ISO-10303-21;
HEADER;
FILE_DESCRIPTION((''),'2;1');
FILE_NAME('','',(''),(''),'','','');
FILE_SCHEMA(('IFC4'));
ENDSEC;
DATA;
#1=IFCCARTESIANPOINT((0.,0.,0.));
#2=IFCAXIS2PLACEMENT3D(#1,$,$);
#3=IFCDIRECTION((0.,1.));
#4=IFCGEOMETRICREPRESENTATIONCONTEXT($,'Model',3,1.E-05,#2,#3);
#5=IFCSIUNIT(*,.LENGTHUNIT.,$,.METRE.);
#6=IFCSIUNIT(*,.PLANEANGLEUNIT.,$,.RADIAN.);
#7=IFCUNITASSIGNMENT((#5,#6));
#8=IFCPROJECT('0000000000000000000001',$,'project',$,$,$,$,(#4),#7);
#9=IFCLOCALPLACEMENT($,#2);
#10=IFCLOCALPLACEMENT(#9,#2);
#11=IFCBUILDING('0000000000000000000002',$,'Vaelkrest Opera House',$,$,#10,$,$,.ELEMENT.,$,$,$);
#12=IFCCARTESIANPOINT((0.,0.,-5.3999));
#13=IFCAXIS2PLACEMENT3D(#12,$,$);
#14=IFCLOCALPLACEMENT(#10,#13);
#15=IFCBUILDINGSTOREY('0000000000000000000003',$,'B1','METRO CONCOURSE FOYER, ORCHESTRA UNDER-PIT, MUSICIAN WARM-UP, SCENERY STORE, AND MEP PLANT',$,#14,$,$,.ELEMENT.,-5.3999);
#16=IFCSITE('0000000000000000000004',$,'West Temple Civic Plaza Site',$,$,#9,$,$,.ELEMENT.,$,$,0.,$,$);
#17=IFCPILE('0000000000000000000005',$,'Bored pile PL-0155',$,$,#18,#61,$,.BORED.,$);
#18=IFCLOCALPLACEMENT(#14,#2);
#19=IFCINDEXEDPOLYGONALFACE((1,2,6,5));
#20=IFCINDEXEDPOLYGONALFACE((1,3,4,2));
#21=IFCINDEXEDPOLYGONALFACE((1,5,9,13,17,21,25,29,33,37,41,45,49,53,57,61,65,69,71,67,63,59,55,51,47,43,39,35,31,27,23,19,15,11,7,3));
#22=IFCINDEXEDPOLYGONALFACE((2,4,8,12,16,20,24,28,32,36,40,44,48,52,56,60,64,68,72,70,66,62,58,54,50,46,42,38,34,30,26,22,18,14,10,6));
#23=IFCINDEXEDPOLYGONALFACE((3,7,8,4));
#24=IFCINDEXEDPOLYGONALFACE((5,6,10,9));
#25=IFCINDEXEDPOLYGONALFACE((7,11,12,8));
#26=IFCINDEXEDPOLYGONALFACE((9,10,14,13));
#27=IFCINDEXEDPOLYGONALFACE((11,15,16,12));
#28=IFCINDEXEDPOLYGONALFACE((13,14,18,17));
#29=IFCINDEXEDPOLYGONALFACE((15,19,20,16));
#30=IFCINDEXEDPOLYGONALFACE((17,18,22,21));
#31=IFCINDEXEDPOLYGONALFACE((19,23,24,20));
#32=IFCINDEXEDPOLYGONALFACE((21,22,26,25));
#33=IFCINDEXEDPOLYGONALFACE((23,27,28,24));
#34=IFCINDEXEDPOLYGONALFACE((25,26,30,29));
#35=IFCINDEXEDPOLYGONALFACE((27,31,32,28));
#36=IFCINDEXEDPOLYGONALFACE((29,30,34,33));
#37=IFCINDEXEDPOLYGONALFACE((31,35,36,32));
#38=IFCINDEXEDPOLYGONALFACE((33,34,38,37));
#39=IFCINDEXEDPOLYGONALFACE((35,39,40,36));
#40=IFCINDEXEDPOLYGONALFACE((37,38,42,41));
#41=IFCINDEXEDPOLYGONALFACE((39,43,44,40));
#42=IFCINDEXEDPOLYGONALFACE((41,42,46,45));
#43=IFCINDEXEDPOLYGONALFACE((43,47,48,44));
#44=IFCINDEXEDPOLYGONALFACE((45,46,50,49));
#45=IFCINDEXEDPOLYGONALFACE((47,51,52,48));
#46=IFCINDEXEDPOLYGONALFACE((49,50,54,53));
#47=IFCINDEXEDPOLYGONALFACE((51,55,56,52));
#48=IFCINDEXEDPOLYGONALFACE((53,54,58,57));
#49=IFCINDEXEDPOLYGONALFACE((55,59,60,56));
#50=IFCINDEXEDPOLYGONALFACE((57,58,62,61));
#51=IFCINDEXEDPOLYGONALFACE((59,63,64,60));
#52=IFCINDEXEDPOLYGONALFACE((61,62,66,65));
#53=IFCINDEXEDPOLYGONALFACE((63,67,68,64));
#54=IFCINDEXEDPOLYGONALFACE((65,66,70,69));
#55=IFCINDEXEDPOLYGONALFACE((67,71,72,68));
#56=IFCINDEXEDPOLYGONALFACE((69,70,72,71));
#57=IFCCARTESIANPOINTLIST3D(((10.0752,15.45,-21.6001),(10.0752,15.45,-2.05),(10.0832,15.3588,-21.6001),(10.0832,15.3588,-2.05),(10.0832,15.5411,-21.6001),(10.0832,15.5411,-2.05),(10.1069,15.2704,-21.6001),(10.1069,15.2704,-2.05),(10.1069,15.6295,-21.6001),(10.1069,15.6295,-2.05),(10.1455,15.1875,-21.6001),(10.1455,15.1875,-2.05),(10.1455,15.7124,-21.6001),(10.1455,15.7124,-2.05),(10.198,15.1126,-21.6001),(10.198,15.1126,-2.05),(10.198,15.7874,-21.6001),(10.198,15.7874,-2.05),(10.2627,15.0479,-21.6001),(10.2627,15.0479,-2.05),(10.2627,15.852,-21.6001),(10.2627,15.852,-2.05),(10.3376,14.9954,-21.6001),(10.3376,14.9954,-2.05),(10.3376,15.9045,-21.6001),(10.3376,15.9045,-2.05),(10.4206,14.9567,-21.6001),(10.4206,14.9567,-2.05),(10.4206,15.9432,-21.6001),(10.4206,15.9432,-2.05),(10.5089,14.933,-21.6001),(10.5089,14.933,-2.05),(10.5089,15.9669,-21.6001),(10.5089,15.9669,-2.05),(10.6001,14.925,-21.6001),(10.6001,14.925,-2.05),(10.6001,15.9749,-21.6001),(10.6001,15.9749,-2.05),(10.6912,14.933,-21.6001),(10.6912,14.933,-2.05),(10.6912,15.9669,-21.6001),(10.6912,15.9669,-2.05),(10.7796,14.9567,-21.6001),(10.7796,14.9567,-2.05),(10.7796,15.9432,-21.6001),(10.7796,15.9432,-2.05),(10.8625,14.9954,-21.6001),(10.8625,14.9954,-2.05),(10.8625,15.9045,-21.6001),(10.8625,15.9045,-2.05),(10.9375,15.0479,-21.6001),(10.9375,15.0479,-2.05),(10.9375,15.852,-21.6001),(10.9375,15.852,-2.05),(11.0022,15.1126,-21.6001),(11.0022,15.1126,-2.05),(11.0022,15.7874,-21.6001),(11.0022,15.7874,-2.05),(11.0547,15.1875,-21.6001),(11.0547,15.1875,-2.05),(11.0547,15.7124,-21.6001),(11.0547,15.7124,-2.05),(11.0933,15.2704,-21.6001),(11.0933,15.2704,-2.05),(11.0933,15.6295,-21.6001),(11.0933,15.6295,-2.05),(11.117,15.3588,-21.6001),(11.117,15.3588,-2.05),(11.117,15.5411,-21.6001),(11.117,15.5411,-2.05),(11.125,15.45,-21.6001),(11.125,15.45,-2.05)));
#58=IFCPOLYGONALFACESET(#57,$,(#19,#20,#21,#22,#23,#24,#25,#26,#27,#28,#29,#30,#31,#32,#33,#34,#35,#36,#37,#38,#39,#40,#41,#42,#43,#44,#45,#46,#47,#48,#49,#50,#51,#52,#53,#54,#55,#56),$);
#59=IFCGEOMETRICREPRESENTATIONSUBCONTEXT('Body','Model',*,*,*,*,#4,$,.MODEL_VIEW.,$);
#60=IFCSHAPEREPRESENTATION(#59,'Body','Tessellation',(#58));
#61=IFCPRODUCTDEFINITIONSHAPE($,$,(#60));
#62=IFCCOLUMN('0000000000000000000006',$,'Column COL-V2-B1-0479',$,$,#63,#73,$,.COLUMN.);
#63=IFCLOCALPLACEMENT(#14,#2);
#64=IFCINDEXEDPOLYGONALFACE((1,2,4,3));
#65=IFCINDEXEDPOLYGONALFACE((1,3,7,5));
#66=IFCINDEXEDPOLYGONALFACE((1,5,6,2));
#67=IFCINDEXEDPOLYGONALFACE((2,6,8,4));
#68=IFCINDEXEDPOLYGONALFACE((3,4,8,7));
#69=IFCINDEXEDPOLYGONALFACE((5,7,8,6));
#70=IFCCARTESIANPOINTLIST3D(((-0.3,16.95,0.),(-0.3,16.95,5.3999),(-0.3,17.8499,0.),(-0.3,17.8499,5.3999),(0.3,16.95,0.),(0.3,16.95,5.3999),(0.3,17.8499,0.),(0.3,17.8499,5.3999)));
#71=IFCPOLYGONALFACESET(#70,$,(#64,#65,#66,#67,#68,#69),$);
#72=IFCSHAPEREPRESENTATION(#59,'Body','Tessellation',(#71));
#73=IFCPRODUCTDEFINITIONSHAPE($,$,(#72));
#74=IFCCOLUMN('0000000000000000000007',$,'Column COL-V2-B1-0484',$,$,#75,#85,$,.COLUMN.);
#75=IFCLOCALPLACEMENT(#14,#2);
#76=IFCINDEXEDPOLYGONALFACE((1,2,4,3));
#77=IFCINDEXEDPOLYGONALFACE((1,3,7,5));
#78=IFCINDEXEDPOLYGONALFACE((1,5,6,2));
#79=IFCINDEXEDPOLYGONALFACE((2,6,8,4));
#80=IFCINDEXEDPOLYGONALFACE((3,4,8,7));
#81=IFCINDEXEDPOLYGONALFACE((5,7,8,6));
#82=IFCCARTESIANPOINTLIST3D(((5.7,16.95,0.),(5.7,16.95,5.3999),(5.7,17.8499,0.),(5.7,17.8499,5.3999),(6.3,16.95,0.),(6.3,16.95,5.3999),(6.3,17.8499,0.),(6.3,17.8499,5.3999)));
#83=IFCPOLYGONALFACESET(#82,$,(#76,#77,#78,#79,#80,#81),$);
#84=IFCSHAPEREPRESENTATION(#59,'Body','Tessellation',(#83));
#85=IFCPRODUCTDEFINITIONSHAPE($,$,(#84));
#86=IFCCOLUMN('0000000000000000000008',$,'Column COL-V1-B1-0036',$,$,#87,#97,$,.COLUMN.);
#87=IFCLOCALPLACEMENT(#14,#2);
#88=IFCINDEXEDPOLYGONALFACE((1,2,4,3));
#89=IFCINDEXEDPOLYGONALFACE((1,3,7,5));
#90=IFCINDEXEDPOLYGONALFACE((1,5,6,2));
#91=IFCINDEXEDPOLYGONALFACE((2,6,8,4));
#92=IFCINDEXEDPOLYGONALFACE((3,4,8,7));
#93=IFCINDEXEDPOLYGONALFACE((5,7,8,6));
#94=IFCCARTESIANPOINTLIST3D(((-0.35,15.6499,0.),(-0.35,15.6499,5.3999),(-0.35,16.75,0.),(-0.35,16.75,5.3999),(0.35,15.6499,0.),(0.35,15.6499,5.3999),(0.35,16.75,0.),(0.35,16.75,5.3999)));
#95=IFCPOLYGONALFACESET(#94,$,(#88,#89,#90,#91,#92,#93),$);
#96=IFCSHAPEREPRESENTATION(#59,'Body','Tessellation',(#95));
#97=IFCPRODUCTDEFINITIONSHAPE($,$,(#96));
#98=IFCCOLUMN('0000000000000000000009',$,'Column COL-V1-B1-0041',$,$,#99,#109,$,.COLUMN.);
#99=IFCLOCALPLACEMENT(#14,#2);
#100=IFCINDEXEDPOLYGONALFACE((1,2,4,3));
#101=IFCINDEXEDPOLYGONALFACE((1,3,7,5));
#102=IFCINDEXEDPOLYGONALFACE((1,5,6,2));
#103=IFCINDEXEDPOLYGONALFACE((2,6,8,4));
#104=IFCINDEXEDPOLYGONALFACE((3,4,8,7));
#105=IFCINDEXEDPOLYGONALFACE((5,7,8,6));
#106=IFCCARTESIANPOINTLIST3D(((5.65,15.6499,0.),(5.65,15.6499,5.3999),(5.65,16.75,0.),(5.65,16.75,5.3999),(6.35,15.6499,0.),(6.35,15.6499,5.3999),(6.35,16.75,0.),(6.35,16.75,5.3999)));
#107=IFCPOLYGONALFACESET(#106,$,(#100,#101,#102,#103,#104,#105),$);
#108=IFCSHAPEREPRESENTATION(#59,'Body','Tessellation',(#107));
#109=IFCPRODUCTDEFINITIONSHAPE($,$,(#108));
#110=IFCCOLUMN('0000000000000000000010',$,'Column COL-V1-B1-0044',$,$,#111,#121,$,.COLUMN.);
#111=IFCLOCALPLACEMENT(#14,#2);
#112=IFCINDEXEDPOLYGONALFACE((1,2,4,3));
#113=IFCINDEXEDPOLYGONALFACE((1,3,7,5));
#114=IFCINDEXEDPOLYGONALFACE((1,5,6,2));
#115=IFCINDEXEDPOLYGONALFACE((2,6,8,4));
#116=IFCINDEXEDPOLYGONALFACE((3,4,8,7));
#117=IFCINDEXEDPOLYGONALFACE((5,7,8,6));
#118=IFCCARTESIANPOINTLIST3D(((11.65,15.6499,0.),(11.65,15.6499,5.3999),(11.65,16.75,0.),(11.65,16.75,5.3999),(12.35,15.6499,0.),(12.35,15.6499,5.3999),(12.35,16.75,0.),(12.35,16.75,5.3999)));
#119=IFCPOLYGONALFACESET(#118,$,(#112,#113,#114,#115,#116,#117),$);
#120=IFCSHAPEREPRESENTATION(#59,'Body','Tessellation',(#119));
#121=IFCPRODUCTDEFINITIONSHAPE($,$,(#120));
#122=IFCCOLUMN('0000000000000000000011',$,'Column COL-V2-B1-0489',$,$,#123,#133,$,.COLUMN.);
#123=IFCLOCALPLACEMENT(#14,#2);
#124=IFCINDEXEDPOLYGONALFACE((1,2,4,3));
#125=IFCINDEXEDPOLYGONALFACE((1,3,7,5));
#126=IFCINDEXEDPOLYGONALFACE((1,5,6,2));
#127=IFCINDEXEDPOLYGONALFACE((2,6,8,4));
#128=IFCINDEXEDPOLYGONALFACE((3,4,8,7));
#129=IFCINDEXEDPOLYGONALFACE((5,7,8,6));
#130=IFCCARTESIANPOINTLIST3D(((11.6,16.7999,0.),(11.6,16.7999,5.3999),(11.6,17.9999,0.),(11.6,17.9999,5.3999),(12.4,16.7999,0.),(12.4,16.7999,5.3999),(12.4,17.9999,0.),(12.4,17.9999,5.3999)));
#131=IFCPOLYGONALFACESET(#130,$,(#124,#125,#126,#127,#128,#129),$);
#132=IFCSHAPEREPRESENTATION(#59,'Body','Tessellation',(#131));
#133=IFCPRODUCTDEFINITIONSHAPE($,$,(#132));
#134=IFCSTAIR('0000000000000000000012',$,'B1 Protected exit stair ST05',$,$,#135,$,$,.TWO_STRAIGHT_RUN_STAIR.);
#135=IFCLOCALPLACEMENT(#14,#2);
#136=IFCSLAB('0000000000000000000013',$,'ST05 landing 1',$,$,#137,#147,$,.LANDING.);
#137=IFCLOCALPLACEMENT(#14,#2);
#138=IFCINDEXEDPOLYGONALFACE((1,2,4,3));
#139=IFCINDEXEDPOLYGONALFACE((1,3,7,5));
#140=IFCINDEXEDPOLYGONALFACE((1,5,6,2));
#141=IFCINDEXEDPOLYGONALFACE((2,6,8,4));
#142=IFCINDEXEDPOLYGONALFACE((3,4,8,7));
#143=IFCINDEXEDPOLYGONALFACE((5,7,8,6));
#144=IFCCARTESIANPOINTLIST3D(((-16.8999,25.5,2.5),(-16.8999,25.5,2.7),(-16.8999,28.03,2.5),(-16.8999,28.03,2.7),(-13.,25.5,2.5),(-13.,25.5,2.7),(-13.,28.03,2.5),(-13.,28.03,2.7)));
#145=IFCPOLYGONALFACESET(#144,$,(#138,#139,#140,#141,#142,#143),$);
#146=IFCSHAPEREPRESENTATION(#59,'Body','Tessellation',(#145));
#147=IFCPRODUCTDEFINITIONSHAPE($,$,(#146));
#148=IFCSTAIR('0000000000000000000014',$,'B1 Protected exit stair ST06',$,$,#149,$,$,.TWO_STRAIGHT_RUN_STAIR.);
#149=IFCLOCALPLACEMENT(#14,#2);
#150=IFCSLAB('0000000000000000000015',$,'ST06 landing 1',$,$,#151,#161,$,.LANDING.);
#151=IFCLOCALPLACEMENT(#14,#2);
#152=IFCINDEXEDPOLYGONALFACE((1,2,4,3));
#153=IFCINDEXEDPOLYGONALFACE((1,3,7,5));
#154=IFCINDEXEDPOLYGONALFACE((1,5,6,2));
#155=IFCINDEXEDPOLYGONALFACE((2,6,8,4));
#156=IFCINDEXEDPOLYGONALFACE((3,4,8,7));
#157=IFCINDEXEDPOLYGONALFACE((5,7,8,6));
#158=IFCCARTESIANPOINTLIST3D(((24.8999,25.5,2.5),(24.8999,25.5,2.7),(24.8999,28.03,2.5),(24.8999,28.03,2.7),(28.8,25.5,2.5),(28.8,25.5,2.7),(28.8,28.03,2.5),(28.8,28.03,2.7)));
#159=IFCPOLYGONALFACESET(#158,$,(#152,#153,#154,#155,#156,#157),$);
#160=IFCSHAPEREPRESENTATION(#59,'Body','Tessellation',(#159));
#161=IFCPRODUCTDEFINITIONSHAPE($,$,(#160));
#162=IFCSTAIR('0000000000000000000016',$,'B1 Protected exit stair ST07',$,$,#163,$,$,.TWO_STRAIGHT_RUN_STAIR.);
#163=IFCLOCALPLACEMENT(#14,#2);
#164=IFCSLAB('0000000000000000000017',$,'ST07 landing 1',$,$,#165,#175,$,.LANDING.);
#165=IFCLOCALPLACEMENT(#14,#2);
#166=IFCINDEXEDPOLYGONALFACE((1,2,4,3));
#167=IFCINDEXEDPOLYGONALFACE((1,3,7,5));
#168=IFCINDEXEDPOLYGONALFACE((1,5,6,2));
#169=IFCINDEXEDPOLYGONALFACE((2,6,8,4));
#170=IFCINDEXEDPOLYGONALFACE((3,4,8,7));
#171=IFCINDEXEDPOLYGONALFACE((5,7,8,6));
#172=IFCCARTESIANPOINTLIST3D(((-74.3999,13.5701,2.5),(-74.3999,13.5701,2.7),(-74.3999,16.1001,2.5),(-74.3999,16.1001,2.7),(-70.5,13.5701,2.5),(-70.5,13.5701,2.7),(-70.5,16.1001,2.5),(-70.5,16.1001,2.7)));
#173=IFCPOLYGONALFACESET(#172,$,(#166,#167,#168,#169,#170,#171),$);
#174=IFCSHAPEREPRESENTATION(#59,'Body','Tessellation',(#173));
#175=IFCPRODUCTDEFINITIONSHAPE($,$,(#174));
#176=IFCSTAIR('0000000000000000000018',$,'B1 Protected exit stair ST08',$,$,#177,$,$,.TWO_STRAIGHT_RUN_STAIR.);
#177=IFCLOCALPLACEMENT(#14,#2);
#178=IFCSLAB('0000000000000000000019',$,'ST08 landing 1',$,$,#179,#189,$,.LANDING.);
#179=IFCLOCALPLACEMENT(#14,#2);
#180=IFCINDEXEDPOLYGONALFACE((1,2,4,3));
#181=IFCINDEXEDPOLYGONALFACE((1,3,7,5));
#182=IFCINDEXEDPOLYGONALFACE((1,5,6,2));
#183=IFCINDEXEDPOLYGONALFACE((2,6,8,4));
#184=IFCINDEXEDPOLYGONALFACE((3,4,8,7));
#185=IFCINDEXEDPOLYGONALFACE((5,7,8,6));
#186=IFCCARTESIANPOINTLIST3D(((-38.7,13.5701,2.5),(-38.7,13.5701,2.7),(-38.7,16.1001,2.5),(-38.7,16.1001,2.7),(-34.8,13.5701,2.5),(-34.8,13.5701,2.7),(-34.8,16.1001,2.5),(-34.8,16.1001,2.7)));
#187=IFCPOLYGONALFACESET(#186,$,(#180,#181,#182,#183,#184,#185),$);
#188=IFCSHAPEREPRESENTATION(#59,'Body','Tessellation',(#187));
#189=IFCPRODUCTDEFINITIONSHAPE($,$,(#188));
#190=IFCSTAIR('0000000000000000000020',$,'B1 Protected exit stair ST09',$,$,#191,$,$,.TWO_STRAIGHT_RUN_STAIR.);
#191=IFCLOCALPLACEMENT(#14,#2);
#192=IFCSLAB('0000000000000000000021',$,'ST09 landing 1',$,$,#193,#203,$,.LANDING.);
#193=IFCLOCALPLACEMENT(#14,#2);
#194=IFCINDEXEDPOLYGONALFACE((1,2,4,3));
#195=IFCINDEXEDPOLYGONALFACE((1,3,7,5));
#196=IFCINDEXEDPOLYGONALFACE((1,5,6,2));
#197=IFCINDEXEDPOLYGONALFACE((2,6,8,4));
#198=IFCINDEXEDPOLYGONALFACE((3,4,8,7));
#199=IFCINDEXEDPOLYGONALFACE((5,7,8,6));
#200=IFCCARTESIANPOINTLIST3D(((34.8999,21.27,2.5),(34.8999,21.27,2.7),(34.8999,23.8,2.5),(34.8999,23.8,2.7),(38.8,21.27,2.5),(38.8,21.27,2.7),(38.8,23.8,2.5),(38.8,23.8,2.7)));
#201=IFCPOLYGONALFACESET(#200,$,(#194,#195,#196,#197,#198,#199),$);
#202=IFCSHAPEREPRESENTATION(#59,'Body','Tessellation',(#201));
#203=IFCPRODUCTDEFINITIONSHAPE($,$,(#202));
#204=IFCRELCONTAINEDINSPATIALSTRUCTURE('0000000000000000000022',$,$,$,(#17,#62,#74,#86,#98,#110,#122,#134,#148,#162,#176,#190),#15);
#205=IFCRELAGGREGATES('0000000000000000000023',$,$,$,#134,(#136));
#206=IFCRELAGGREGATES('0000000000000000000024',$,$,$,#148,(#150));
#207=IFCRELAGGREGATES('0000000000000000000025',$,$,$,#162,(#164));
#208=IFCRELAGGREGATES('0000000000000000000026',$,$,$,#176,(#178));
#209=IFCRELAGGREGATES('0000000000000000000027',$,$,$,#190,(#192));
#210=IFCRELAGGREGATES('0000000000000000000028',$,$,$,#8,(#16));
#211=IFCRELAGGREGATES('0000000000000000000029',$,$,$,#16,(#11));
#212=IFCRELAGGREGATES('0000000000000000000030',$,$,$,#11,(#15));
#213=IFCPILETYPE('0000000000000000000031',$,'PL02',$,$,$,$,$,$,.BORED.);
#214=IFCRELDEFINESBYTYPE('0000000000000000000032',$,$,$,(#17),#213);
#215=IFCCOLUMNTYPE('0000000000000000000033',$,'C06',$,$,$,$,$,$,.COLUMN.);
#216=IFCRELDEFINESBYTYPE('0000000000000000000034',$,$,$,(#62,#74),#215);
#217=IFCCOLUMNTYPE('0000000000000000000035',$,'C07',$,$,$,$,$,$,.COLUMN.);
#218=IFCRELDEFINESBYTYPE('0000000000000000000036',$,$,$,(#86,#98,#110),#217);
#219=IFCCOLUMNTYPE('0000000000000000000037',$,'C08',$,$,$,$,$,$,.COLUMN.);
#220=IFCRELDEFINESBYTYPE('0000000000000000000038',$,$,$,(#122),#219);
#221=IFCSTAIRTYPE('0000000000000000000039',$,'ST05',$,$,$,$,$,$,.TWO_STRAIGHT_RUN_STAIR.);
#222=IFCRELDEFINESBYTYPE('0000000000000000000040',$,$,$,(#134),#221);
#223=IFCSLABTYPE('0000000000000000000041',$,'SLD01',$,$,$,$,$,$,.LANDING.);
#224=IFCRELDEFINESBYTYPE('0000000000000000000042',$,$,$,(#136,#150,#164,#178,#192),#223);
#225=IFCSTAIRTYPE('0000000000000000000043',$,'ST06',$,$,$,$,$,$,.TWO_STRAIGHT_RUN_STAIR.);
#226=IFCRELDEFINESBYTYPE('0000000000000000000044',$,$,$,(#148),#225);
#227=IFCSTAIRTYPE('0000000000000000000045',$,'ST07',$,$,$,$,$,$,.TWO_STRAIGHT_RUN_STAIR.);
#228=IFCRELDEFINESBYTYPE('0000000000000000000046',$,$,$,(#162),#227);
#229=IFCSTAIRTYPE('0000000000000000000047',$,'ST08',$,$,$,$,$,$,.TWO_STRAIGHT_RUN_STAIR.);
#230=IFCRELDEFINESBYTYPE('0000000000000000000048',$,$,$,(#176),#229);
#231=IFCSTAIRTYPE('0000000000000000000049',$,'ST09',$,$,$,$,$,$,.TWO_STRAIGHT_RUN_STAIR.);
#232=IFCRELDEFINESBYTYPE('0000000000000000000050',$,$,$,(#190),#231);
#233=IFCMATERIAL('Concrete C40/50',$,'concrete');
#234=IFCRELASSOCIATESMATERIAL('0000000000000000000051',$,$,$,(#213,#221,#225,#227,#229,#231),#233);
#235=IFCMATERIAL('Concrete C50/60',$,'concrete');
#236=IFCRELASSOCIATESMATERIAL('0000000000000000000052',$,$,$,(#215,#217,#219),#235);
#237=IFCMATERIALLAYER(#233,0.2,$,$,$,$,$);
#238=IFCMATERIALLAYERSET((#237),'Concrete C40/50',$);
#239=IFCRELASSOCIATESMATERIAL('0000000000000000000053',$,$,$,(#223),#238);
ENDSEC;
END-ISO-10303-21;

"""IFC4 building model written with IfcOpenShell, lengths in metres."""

from ifc_helpers import new_model, si_unit, direction, frame, origin, origin_2d, place, context, subcontext, project, spatial, polyline, rectangle, circle, outline, extrude, material, layer, layer_set, material_profile, profile_set, type_object, element, aggregate, save


model = new_model("IFC4")

# Units and contexts
model_context = context("Model", 3, precision=1e-05, world=origin(), true_north=direction((0.0, 1.0)))
body_context = subcontext(model_context, "Body", "Model", "MODEL_VIEW")
ifc_project = project(units=[si_unit("LENGTHUNIT", "METRE"), si_unit("PLANEANGLEUNIT", "RADIAN")], contexts=[model_context])

# Site, building, storey
site_placement = place(None, origin())
site = spatial("IfcSite", under=ifc_project, at=site_placement, Name="West Temple Civic Plaza Site", CompositionType="ELEMENT", RefElevation=0.0)
building_placement = place(site_placement, origin())
building = spatial("IfcBuilding", under=site, at=building_placement, Name="Vaelkrest Opera House", CompositionType="ELEMENT")
storey_placement = place(building_placement, frame((0.0, 0.0, -5.3999)))
storey = spatial("IfcBuildingStorey", under=building, at=storey_placement, Name="B1", Description="METRO CONCOURSE FOYER, ORCHESTRA UNDER-PIT, MUSICIAN WARM-UP, SCENERY STORE, AND MEP PLANT", CompositionType="ELEMENT", Elevation=-5.3999)

# Shared definitions
ifc_material_1 = material(Name="Concrete C40/50", Category="concrete")

# Pile
ifc_material_profile_1 = material_profile(ifc_material_1, circle(Radius=0.5249, at=origin_2d()), Name="PILE1050")
ifc_profile_set_1 = profile_set([ifc_material_profile_1], Name="Concrete C40/50")
pile_type = type_object("IfcPileType", Name="PL02", PredefinedType="BORED", material=ifc_profile_set_1)
for number, where, z_axis, x_axis, name in (
    (1, (10.6001, 15.45, -2.05), (0.0, 0.0, -1.0), (1.0, 0.0, 0.0), "Bored pile PL-0155"),
):
    element("IfcPile", number, at=place(storey_placement, frame(where, z_axis=z_axis, x_axis=x_axis)), inside=storey, type_object=pile_type, Name=name, PredefinedType="BORED", context=body_context, shape_type="SweptSolid", body=[
        extrude(circle(Radius=0.5249, at=origin_2d()), origin(), (0.0, 0.0, 1.0), 19.55),
    ])

# Columns
ifc_material_2 = material(Name="Concrete C50/60", Category="concrete")
ifc_material_profile_2 = material_profile(ifc_material_2, rectangle(XDim=0.6001, YDim=0.8999, at=origin_2d()), Name="RC600X900")
ifc_profile_set_2 = profile_set([ifc_material_profile_2], Name="Concrete C50/60")
column_type_1 = type_object("IfcColumnType", Name="C06", PredefinedType="COLUMN", material=ifc_profile_set_2)
for number, where, z_axis, x_axis, name in (
    (2, (0.0, 17.3999, 0.0), (0.0, 0.0, 1.0), (1.0, 0.0, 0.0), "Column COL-V2-B1-0479"),
    (3, (6.0, 17.3999, 0.0), (0.0, 0.0, 1.0), (1.0, 0.0, 0.0), "Column COL-V2-B1-0484"),
):
    element("IfcColumn", number, at=place(storey_placement, frame(where, z_axis=z_axis, x_axis=x_axis)), inside=storey, type_object=column_type_1, Name=name, PredefinedType="COLUMN", context=body_context, shape_type="SweptSolid", body=[
        extrude(rectangle(XDim=0.6001, YDim=0.8999, at=origin_2d()), origin(), (0.0, 0.0, 1.0), 5.3999),
    ])
ifc_material_profile_3 = material_profile(ifc_material_2, rectangle(XDim=0.7, YDim=1.1001, at=origin_2d()), Name="RC700X1100")
ifc_profile_set_3 = profile_set([ifc_material_profile_3], Name="Concrete C50/60")
column_type_2 = type_object("IfcColumnType", Name="C07", PredefinedType="COLUMN", material=ifc_profile_set_3)
for number, where, z_axis, x_axis, name in (
    (4, (0.0, 16.2, 0.0), (0.0, 0.0, 1.0), (1.0, 0.0, 0.0), "Column COL-V1-B1-0036"),
    (5, (6.0, 16.2, 0.0), (0.0, 0.0, 1.0), (1.0, 0.0, 0.0), "Column COL-V1-B1-0041"),
    (6, (12.0, 16.2, 0.0), (0.0, 0.0, 1.0), (1.0, 0.0, 0.0), "Column COL-V1-B1-0044"),
):
    element("IfcColumn", number, at=place(storey_placement, frame(where, z_axis=z_axis, x_axis=x_axis)), inside=storey, type_object=column_type_2, Name=name, PredefinedType="COLUMN", context=body_context, shape_type="SweptSolid", body=[
        extrude(rectangle(XDim=0.7, YDim=1.1001, at=origin_2d()), origin(), (0.0, 0.0, 1.0), 5.3999),
    ])
ifc_material_profile_4 = material_profile(ifc_material_2, rectangle(XDim=0.8, YDim=1.2, at=origin_2d()), Name="RC800X1200")
ifc_profile_set_4 = profile_set([ifc_material_profile_4], Name="Concrete C50/60")
column_type_3 = type_object("IfcColumnType", Name="C08", PredefinedType="COLUMN", material=ifc_profile_set_4)
column_placement = place(storey_placement, frame((12.0, 17.3999, 0.0), z_axis=(0.0, 0.0, 1.0), x_axis=(1.0, 0.0, 0.0)))
element("IfcColumn", 7, at=column_placement, inside=storey, type_object=column_type_3, Name="Column COL-V2-B1-0489", PredefinedType="COLUMN", context=body_context, shape_type="SweptSolid", body=[
    extrude(rectangle(XDim=0.8, YDim=1.2, at=origin_2d()), origin(), (0.0, 0.0, 1.0), 5.3999),
])

# Stairs, slabs
stair_type_1 = type_object("IfcStairType", Name="ST05", PredefinedType="TWO_STRAIGHT_RUN_STAIR", material=ifc_material_1)
stair_1_placement = place(storey_placement, origin())
stair_1 = element("IfcStair", 8, at=stair_1_placement, inside=storey, type_object=stair_type_1, Name="B1 Protected exit stair ST05", PredefinedType="TWO_STRAIGHT_RUN_STAIR")
ifc_layer = layer(ifc_material_1, 0.2)
ifc_layer_set = layer_set([ifc_layer], Name="Concrete C40/50")
slab_type = type_object("IfcSlabType", Name="SLD01", PredefinedType="LANDING", material=ifc_layer_set)
slab_1_placement = place(storey_placement, frame((0.0, 0.0, 2.5)))
slab_1 = element("IfcSlab", 9, at=slab_1_placement, type_object=slab_type, Name="ST05 landing 1", PredefinedType="LANDING", context=body_context, shape_type="SweptSolid", body=[
    extrude(outline(polyline([(-16.8999, 28.03), (-16.8999, 25.5), (-13.0, 25.5), (-13.0, 28.03), (-16.8999, 28.03)])), origin(), (0.0, 0.0, 1.0), 0.2),
])
aggregate(stair_1, [slab_1])
stair_type_2 = type_object("IfcStairType", Name="ST06", PredefinedType="TWO_STRAIGHT_RUN_STAIR", material=ifc_material_1)
stair_2_placement = place(storey_placement, origin())
stair_2 = element("IfcStair", 10, at=stair_2_placement, inside=storey, type_object=stair_type_2, Name="B1 Protected exit stair ST06", PredefinedType="TWO_STRAIGHT_RUN_STAIR")
slab_2_placement = place(storey_placement, frame((0.0, 0.0, 2.5)))
slab_2 = element("IfcSlab", 11, at=slab_2_placement, type_object=slab_type, Name="ST06 landing 1", PredefinedType="LANDING", context=body_context, shape_type="SweptSolid", body=[
    extrude(outline(polyline([(24.8999, 28.03), (24.8999, 25.5), (28.8, 25.5), (28.8, 28.03), (24.8999, 28.03)])), origin(), (0.0, 0.0, 1.0), 0.2),
])
aggregate(stair_2, [slab_2])
stair_type_3 = type_object("IfcStairType", Name="ST07", PredefinedType="TWO_STRAIGHT_RUN_STAIR", material=ifc_material_1)
stair_3_placement = place(storey_placement, origin())
stair_3 = element("IfcStair", 12, at=stair_3_placement, inside=storey, type_object=stair_type_3, Name="B1 Protected exit stair ST07", PredefinedType="TWO_STRAIGHT_RUN_STAIR")
slab_3_placement = place(storey_placement, frame((0.0, 0.0, 2.5)))
slab_3 = element("IfcSlab", 13, at=slab_3_placement, type_object=slab_type, Name="ST07 landing 1", PredefinedType="LANDING", context=body_context, shape_type="SweptSolid", body=[
    extrude(outline(polyline([(-70.5, 13.5701), (-70.5, 16.1001), (-74.3999, 16.1001), (-74.3999, 13.5701), (-70.5, 13.5701)])), origin(), (0.0, 0.0, 1.0), 0.2),
])
aggregate(stair_3, [slab_3])
stair_type_4 = type_object("IfcStairType", Name="ST08", PredefinedType="TWO_STRAIGHT_RUN_STAIR", material=ifc_material_1)
stair_4_placement = place(storey_placement, origin())
stair_4 = element("IfcStair", 14, at=stair_4_placement, inside=storey, type_object=stair_type_4, Name="B1 Protected exit stair ST08", PredefinedType="TWO_STRAIGHT_RUN_STAIR")
slab_4_placement = place(storey_placement, frame((0.0, 0.0, 2.5)))
slab_4 = element("IfcSlab", 15, at=slab_4_placement, type_object=slab_type, Name="ST08 landing 1", PredefinedType="LANDING", context=body_context, shape_type="SweptSolid", body=[
    extrude(outline(polyline([(-34.8, 13.5701), (-34.8, 16.1001), (-38.7, 16.1001), (-38.7, 13.5701), (-34.8, 13.5701)])), origin(), (0.0, 0.0, 1.0), 0.2),
])
aggregate(stair_4, [slab_4])
stair_type_5 = type_object("IfcStairType", Name="ST09", PredefinedType="TWO_STRAIGHT_RUN_STAIR", material=ifc_material_1)
stair_5_placement = place(storey_placement, origin())
stair_5 = element("IfcStair", 16, at=stair_5_placement, inside=storey, type_object=stair_type_5, Name="B1 Protected exit stair ST09", PredefinedType="TWO_STRAIGHT_RUN_STAIR")
slab_5_placement = place(storey_placement, frame((0.0, 0.0, 2.5)))
slab_5 = element("IfcSlab", 17, at=slab_5_placement, type_object=slab_type, Name="ST09 landing 1", PredefinedType="LANDING", context=body_context, shape_type="SweptSolid", body=[
    extrude(outline(polyline([(38.8, 21.27), (38.8, 23.8), (34.8999, 23.8), (34.8999, 21.27), (38.8, 21.27)])), origin(), (0.0, 0.0, 1.0), 0.2),
])
aggregate(stair_5, [slab_5])

save(model, "model.ifc")
